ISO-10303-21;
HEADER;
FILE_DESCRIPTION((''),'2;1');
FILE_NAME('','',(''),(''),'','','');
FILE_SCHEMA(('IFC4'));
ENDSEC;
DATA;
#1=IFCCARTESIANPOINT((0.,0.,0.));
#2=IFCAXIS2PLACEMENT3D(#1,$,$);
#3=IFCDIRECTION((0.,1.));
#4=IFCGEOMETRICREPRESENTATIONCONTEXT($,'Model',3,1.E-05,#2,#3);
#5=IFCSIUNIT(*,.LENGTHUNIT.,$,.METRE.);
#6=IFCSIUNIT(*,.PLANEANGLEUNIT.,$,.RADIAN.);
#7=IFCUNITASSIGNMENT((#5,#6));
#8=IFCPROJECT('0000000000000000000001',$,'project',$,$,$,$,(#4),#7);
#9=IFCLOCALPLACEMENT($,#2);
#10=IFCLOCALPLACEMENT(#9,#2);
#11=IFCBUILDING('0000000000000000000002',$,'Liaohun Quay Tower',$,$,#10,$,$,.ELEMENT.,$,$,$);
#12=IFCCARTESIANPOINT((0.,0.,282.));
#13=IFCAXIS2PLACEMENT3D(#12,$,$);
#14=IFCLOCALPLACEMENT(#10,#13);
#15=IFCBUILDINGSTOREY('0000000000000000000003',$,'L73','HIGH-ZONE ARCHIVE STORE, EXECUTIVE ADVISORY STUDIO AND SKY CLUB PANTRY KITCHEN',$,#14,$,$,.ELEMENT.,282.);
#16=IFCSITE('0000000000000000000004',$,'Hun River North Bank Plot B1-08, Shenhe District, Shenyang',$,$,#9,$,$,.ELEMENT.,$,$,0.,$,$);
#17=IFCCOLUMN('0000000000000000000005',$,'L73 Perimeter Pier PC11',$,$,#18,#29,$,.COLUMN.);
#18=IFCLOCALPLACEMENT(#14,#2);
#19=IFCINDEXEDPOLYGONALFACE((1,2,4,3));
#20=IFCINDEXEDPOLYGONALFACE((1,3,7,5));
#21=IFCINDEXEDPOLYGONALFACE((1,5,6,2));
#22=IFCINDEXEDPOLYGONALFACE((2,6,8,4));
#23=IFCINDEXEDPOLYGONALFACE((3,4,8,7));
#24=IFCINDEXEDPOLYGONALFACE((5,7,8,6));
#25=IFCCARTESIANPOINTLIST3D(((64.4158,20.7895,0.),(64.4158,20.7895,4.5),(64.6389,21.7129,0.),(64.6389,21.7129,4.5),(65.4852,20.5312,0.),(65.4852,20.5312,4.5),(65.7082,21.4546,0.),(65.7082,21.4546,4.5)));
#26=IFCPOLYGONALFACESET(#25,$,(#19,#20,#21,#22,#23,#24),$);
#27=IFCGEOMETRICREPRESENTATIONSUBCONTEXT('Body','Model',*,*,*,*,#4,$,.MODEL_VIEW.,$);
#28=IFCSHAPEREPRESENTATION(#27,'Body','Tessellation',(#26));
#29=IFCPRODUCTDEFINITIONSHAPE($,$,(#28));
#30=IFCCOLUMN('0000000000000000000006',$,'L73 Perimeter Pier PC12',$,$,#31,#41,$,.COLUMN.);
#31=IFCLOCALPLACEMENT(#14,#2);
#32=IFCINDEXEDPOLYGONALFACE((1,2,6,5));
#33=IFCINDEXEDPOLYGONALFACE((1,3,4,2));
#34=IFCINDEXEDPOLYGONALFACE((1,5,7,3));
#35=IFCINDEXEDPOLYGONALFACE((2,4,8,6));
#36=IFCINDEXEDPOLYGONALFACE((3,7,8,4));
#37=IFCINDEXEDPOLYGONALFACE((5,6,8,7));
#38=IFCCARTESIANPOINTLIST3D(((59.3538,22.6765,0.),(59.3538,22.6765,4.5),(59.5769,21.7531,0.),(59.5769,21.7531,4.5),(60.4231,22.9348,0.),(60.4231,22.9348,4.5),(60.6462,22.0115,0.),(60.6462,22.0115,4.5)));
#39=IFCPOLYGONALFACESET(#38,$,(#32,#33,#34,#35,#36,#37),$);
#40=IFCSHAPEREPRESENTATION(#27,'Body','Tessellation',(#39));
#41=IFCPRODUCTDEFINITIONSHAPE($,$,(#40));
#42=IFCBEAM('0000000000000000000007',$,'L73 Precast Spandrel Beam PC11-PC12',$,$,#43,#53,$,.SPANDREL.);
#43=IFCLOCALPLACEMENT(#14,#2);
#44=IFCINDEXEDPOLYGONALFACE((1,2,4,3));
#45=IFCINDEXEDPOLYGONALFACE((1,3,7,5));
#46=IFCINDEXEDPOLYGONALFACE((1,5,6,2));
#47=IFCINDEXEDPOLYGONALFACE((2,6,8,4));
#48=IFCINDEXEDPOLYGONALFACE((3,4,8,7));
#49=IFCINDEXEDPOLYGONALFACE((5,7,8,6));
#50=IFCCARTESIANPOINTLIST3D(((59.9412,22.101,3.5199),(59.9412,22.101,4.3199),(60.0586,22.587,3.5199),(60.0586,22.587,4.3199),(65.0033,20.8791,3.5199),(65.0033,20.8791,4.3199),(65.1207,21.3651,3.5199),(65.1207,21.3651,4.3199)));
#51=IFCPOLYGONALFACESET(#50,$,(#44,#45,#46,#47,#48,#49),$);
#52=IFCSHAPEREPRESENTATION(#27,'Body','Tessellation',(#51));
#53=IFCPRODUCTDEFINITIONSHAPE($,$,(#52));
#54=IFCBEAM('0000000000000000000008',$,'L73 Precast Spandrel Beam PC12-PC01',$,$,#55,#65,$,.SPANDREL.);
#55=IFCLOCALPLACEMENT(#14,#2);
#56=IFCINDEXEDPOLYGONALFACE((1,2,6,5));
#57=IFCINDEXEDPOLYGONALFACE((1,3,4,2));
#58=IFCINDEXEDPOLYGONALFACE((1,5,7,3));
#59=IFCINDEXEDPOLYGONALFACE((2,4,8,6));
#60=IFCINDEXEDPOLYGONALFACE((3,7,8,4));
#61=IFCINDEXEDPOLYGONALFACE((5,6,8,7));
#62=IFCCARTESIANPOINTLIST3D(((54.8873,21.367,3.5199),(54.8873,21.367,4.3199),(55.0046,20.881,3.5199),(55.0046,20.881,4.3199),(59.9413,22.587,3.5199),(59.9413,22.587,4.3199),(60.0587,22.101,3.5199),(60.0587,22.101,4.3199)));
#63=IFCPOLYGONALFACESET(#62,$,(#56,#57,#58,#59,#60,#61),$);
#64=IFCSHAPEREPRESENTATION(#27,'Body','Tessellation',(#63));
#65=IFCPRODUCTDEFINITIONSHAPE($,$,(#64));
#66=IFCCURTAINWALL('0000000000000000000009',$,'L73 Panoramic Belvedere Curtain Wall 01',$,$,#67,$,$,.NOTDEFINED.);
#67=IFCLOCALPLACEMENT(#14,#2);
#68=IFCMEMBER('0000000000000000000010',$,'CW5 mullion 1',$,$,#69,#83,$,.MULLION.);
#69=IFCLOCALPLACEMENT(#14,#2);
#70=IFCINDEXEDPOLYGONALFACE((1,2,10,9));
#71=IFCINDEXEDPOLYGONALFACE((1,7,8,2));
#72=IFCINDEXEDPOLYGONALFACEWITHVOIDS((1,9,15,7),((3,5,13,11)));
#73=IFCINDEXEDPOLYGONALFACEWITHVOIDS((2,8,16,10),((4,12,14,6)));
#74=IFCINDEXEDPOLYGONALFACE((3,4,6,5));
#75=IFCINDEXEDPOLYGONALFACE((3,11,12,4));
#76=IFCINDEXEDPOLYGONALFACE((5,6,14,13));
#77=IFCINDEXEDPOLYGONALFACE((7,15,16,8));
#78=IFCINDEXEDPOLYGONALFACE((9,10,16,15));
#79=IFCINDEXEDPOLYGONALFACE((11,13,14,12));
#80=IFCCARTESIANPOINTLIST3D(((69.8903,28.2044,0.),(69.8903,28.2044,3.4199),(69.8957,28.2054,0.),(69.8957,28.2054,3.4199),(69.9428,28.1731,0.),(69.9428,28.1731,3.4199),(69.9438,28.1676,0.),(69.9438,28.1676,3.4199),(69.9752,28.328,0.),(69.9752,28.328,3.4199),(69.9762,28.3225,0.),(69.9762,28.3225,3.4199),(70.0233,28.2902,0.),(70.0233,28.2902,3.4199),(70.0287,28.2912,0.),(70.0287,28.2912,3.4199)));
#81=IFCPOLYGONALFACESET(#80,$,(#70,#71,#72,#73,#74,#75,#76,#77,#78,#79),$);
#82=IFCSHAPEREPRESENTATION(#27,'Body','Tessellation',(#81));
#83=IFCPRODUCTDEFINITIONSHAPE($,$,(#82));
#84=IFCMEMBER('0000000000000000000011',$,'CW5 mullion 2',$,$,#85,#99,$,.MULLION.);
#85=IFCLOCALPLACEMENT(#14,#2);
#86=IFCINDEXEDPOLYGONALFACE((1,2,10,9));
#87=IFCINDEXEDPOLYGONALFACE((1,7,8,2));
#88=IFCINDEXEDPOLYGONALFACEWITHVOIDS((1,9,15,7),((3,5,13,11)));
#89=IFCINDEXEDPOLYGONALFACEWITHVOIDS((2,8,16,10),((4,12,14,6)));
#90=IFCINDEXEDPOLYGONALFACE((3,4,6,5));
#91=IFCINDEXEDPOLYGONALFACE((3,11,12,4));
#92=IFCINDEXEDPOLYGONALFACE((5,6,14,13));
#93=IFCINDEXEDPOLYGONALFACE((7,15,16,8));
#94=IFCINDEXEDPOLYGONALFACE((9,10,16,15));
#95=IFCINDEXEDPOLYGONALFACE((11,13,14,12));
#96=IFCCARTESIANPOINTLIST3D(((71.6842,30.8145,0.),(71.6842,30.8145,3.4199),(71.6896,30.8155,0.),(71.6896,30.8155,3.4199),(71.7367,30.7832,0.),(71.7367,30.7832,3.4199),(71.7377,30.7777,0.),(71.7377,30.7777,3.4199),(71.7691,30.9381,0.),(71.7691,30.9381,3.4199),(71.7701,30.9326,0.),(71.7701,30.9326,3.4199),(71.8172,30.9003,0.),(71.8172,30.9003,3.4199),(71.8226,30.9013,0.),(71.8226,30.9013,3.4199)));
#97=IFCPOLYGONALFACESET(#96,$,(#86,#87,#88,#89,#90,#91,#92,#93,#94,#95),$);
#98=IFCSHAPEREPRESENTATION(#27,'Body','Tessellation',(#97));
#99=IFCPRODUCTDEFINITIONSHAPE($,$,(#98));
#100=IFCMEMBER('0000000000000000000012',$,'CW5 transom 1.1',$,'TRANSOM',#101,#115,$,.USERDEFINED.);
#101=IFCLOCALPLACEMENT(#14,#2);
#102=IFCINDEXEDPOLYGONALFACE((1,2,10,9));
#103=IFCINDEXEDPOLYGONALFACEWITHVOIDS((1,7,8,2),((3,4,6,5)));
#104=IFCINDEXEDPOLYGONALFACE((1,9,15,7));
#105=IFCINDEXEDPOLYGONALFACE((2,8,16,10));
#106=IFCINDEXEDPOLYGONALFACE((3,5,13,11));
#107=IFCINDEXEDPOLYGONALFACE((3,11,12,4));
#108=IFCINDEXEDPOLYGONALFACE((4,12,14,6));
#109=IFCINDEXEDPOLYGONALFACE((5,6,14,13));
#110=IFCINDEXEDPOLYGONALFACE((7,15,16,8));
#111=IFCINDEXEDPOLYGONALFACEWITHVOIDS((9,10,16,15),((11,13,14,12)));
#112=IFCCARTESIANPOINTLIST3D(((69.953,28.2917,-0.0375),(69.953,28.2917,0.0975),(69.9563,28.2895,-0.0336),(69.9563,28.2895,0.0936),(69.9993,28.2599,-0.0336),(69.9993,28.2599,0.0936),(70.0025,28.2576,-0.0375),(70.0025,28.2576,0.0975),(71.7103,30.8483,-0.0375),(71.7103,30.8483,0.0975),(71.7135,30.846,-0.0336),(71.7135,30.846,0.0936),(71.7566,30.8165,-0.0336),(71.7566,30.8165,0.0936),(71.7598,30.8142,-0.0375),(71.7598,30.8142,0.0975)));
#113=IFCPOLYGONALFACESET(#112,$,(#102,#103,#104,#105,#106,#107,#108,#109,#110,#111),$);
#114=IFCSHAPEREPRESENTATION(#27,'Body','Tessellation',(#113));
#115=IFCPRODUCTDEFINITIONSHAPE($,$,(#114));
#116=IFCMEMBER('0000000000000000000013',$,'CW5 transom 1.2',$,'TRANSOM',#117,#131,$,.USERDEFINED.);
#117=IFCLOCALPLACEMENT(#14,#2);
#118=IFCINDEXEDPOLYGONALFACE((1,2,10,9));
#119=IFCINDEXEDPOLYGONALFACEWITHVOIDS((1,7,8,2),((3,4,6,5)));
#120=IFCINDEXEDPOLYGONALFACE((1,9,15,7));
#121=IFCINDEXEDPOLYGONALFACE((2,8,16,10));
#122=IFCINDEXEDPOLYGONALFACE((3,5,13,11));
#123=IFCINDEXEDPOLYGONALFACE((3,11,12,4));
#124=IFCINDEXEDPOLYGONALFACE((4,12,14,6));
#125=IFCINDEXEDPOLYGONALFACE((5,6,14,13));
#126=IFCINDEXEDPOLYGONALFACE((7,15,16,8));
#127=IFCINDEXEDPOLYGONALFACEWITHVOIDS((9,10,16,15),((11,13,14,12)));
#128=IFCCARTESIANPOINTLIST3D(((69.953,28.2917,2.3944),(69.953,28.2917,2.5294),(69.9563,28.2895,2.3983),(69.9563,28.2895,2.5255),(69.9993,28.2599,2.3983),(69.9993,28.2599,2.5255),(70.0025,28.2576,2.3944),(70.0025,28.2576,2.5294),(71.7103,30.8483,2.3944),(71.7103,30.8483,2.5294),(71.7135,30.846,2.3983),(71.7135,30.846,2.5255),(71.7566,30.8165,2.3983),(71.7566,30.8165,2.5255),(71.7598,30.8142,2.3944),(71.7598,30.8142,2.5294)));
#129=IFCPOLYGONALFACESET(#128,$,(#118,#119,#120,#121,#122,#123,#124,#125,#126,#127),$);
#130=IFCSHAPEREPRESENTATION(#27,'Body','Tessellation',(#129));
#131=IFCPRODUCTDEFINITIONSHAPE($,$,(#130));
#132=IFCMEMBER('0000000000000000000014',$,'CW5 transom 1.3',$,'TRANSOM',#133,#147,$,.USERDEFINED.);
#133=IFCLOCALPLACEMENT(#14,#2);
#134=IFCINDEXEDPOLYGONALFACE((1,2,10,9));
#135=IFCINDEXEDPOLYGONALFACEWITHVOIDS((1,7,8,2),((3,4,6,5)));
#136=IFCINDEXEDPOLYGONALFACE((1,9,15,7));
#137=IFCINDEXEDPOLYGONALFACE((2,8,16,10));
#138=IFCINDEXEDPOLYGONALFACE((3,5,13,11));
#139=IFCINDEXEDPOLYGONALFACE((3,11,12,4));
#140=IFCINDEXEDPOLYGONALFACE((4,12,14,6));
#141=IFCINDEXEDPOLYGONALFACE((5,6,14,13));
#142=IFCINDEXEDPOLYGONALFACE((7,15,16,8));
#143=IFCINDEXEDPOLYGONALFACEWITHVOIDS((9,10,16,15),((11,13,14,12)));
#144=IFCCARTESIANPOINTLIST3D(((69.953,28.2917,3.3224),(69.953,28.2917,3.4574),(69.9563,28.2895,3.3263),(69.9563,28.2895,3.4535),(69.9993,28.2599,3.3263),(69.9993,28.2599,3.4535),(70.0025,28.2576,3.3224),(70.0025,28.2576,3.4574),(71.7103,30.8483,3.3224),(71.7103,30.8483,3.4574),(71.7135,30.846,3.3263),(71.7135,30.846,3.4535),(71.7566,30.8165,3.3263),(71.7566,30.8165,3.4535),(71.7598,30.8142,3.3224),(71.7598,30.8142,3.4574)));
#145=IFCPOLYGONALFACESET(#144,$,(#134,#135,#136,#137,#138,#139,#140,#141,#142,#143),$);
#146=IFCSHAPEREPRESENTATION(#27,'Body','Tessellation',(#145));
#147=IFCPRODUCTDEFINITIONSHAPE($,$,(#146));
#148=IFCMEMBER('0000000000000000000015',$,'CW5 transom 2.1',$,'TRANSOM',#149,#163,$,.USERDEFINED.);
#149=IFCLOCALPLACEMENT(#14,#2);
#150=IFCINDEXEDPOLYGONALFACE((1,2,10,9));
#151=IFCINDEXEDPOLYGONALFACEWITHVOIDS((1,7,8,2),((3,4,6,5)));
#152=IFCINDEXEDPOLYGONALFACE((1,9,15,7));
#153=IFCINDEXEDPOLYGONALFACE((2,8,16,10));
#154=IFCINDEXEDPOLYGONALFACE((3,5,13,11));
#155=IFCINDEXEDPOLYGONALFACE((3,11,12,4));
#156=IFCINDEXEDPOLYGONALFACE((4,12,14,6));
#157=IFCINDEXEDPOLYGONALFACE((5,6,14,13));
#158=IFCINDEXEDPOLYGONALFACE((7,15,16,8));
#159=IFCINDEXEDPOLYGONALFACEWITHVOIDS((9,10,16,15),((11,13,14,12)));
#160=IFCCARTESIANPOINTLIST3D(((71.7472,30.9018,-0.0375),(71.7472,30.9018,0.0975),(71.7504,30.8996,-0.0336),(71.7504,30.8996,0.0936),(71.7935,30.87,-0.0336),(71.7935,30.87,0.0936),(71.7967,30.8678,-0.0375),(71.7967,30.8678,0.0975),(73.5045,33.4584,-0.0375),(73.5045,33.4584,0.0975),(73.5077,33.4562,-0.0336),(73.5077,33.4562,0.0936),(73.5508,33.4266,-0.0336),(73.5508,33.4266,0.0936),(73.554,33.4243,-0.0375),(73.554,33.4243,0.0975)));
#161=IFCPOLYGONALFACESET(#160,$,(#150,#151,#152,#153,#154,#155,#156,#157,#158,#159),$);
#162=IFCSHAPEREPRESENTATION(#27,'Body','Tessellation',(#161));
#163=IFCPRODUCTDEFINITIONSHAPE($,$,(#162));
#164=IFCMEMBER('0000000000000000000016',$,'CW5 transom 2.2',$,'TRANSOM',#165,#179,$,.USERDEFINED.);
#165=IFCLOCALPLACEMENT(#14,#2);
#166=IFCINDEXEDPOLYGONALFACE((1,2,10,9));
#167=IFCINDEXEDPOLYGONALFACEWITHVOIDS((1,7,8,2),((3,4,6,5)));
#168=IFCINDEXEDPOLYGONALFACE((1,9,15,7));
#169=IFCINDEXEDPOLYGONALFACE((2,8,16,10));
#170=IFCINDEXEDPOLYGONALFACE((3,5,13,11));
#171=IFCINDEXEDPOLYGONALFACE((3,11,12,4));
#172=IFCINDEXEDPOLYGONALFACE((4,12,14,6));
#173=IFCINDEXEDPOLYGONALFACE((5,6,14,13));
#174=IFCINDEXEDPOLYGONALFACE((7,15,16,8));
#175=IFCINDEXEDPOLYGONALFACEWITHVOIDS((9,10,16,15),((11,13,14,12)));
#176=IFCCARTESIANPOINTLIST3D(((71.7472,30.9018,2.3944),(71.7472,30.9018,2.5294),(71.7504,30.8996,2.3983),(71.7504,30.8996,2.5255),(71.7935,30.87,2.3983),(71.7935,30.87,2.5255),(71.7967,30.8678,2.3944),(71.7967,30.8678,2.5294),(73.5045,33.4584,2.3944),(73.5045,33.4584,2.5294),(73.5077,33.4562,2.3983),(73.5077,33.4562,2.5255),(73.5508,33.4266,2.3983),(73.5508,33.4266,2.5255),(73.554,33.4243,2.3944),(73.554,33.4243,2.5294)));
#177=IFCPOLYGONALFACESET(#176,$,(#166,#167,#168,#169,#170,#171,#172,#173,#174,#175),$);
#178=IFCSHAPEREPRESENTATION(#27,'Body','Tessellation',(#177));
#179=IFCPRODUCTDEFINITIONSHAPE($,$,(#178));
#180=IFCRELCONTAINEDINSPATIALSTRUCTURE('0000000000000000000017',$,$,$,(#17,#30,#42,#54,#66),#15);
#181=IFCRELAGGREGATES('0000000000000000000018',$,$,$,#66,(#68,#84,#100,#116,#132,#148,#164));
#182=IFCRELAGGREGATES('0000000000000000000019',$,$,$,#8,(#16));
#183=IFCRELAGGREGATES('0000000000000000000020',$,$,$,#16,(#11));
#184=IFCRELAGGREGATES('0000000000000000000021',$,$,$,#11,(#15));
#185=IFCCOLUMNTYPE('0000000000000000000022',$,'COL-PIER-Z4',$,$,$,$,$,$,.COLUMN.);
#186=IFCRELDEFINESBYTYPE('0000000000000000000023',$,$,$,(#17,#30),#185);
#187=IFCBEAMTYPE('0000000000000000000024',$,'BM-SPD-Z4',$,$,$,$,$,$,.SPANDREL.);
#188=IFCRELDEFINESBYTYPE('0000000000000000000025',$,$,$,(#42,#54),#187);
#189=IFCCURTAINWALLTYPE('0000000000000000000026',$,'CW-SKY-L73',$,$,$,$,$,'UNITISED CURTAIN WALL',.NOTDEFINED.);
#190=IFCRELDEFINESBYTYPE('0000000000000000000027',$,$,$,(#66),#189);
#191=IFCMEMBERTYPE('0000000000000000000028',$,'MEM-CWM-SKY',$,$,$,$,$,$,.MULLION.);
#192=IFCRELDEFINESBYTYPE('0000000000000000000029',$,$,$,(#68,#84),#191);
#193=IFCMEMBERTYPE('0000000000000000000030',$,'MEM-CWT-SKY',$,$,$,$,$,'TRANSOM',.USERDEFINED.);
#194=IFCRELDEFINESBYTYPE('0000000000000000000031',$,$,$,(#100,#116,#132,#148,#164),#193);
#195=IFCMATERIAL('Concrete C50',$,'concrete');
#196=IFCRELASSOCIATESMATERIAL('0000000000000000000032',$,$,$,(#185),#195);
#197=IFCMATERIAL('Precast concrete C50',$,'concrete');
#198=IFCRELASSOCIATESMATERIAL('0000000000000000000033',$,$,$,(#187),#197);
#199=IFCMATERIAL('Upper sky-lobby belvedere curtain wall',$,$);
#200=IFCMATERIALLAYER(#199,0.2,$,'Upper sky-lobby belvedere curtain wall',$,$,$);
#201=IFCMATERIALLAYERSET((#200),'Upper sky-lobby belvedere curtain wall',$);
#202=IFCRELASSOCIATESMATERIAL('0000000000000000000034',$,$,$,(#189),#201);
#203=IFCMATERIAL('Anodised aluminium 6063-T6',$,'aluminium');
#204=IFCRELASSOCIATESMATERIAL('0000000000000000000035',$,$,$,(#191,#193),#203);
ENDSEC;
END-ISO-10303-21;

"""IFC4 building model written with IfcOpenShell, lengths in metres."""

from ifc_helpers import new_model, si_unit, direction, frame, origin, origin_2d, place, context, subcontext, project, spatial, rectangle, hollow_rectangle, extrude, source, transform, mapped, material, layer, layer_set, material_profile, profile_set, type_object, element, aggregate, save


model = new_model("IFC4")

# Units and contexts
model_context = context("Model", 3, precision=1e-05, world=origin(), true_north=direction((0.0, 1.0)))
body_context = subcontext(model_context, "Body", "Model", "MODEL_VIEW")
ifc_project = project(units=[si_unit("LENGTHUNIT", "METRE"), si_unit("PLANEANGLEUNIT", "RADIAN")], contexts=[model_context])

# Site, building, storey
site_placement = place(None, origin())
site = spatial("IfcSite", under=ifc_project, at=site_placement, Name="Hun River North Bank Plot B1-08, Shenhe District, Shenyang", CompositionType="ELEMENT", RefElevation=0.0)
building_placement = place(site_placement, origin())
building = spatial("IfcBuilding", under=site, at=building_placement, Name="Liaohun Quay Tower", CompositionType="ELEMENT")
storey_placement = place(building_placement, frame((0.0, 0.0, 282.0)))
storey = spatial("IfcBuildingStorey", under=building, at=storey_placement, Name="L73", Description="HIGH-ZONE ARCHIVE STORE, EXECUTIVE ADVISORY STUDIO AND SKY CLUB PANTRY KITCHEN", CompositionType="ELEMENT", Elevation=282.0)

# Columns
ifc_material_1 = material(Name="Concrete C50", Category="concrete")
ifc_material_profile_1 = material_profile(ifc_material_1, rectangle(XDim=1.1001, YDim=0.95, at=origin_2d()), Name="RC1100x950")
ifc_profile_set_1 = profile_set([ifc_material_profile_1], Name="Concrete C50")
column_type = type_object("IfcColumnType", Name="COL-PIER-Z4", PredefinedType="COLUMN", material=ifc_profile_set_1)
shared_shape_1 = source(origin(), body_context, "Body", "SweptSolid", [
    extrude(rectangle(XDim=1.1001, YDim=0.95, at=origin_2d()), origin(), (0.0, 0.0, 1.0), 4.5),
])
for number, where, z_axis, x_axis, name in (
    (1, (65.062, 21.1221, 0.0), (0.0, 0.0, 1.0), (-0.972043, 0.234803, 0.0), "L73 Perimeter Pier PC11"),
    (2, (60.0, 22.344, 0.0), (0.0, 0.0, 1.0), (0.972043, 0.234803, 0.0), "L73 Perimeter Pier PC12"),
):
    element("IfcColumn", number, at=place(storey_placement, frame(where, z_axis=z_axis, x_axis=x_axis)), inside=storey, type_object=column_type, Name=name, PredefinedType="COLUMN", context=body_context, shape_type="MappedRepresentation", body=[
        mapped(shared_shape_1, transform((0.0, 0.0, 0.0), x_axis=(1.0, 0.0, 0.0), y_axis=(0.0, 1.0, 0.0), z_axis=(0.0, 0.0, 1.0), scale=1.0)),
    ])

# Beams
ifc_material_2 = material(Name="Precast concrete C50", Category="concrete")
ifc_material_profile_2 = material_profile(ifc_material_2, rectangle(XDim=0.5, YDim=0.8, at=origin_2d()), Name="RC500x800")
ifc_profile_set_2 = profile_set([ifc_material_profile_2], Name="Precast concrete C50")
beam_type = type_object("IfcBeamType", Name="BM-SPD-Z4", PredefinedType="SPANDREL", material=ifc_profile_set_2)
shared_shape_2 = source(origin(), body_context, "Body", "SweptSolid", [
    extrude(rectangle(XDim=0.5, YDim=0.8, at=origin_2d()), origin(), (0.0, 0.0, 1.0), 5.2075),
])
beam_1_placement = place(storey_placement, frame((65.062, 21.1221, 3.9199), z_axis=(-0.97208, 0.234651, 0.0), x_axis=(-0.234651, -0.97208, 0.0)))
element("IfcBeam", 3, at=beam_1_placement, inside=storey, type_object=beam_type, Name="L73 Precast Spandrel Beam PC11-PC12", PredefinedType="SPANDREL", context=body_context, shape_type="MappedRepresentation", body=[
    mapped(shared_shape_2, transform((0.0, 0.0, 0.0), x_axis=(1.0, 0.0, 0.0), y_axis=(0.0, 1.0, 0.0), z_axis=(0.0, 0.0, 1.0), scale=1.0)),
])
shared_shape_3 = source(origin(), body_context, "Body", "SweptSolid", [
    extrude(rectangle(XDim=0.5, YDim=0.8, at=origin_2d()), origin(), (0.0, 0.0, 1.0), 5.1992),
])
beam_2_placement = place(storey_placement, frame((60.0, 22.344, 3.9199), z_axis=(-0.97208, -0.23465, 0.0), x_axis=(0.23465, -0.97208, 0.0)))
element("IfcBeam", 4, at=beam_2_placement, inside=storey, type_object=beam_type, Name="L73 Precast Spandrel Beam PC12-PC01", PredefinedType="SPANDREL", context=body_context, shape_type="MappedRepresentation", body=[
    mapped(shared_shape_3, transform((0.0, 0.0, 0.0), x_axis=(1.0, 0.0, 0.0), y_axis=(0.0, 1.0, 0.0), z_axis=(0.0, 0.0, 1.0), scale=1.0)),
])

# Curtain wall, members
ifc_material_3 = material(Name="Upper sky-lobby belvedere curtain wall")
ifc_layer_1 = layer(ifc_material_3, 0.2, Name="Upper sky-lobby belvedere curtain wall")
ifc_layer_set_1 = layer_set([ifc_layer_1], Name="Upper sky-lobby belvedere curtain wall")
curtain_wall_type = type_object("IfcCurtainWallType", Name="CW-SKY-L73", ElementType="UNITISED CURTAIN WALL", PredefinedType="NOTDEFINED", material=ifc_layer_set_1)
curtain_wall_placement = place(storey_placement, origin())
curtain_wall = element("IfcCurtainWall", 5, at=curtain_wall_placement, inside=storey, type_object=curtain_wall_type, Name="L73 Panoramic Belvedere Curtain Wall 01", PredefinedType="NOTDEFINED")
ifc_material_4 = material(Name="Anodised aluminium 6063-T6", Category="aluminium")
ifc_material_profile_3 = material_profile(ifc_material_4, hollow_rectangle(XDim=0.0649, YDim=0.1499, WallThickness=0.0039, at=origin_2d()), Name="RHS150x65x4")
ifc_profile_set_3 = profile_set([ifc_material_profile_3], Name="Anodised aluminium 6063-T6")
member_type_1 = type_object("IfcMemberType", Name="MEM-CWM-SKY", PredefinedType="MULLION", material=ifc_profile_set_3)
shared_shape_4 = source(origin(), body_context, "Body", "SweptSolid", [
    extrude(hollow_rectangle(XDim=0.0649, YDim=0.1499, WallThickness=0.0039, at=origin_2d()), origin(), (0.0, 0.0, 1.0), 3.4199),
])
member_1_placement = place(storey_placement, frame((69.9595, 28.2478, 0.0), z_axis=(0.0, 0.0, 1.0), x_axis=(-0.824106, 0.566436, 0.0)))
member_1 = element("IfcMember", 6, at=member_1_placement, type_object=member_type_1, Name="CW5 mullion 1", PredefinedType="MULLION", context=body_context, shape_type="MappedRepresentation", body=[
    mapped(shared_shape_4, transform((0.0, 0.0, 0.0), x_axis=(1.0, 0.0, 0.0), y_axis=(0.0, 1.0, 0.0), z_axis=(0.0, 0.0, 1.0), scale=1.0)),
])
member_2_placement = place(storey_placement, frame((71.7534, 30.8579, 0.0), z_axis=(0.0, 0.0, 1.0), x_axis=(-0.824106, 0.566436, 0.0)))
member_2 = element("IfcMember", 7, at=member_2_placement, type_object=member_type_1, Name="CW5 mullion 2", PredefinedType="MULLION", context=body_context, shape_type="MappedRepresentation", body=[
    mapped(shared_shape_4, transform((0.0, 0.0, 0.0), x_axis=(1.0, 0.0, 0.0), y_axis=(0.0, 1.0, 0.0), z_axis=(0.0, 0.0, 1.0), scale=1.0)),
])
ifc_material_profile_4 = material_profile(ifc_material_4, hollow_rectangle(XDim=0.0601, YDim=0.135, WallThickness=0.0039, at=origin_2d()), Name="RHS135x60x4")
ifc_profile_set_4 = profile_set([ifc_material_profile_4], Name="Anodised aluminium 6063-T6")
member_type_2 = type_object("IfcMemberType", Name="MEM-CWT-SKY", ElementType="TRANSOM", PredefinedType="USERDEFINED", material=ifc_profile_set_4)
shared_shape_5 = source(origin(), body_context, "Body", "SweptSolid", [
    extrude(hollow_rectangle(XDim=0.0601, YDim=0.135, WallThickness=0.0039, at=origin_2d()), origin(), (0.0, 0.0, 1.0), 3.1023),
])
member_3_placement = place(storey_placement, frame((69.9778, 28.2747, 0.03), z_axis=(0.566449, 0.824097, 0.0), x_axis=(-0.824097, 0.566449, 0.0)))
member_3 = element("IfcMember", 8, at=member_3_placement, type_object=member_type_2, Name="CW5 transom 1.1", ObjectType="TRANSOM", PredefinedType="USERDEFINED", context=body_context, shape_type="MappedRepresentation", body=[
    mapped(shared_shape_5, transform((0.0, 0.0, 0.0), x_axis=(1.0, 0.0, 0.0), y_axis=(0.0, 1.0, 0.0), z_axis=(0.0, 0.0, 1.0), scale=1.0)),
])
member_4_placement = place(storey_placement, frame((69.9778, 28.2747, 2.4619), z_axis=(0.566449, 0.824097, 0.0), x_axis=(-0.824097, 0.566449, 0.0)))
member_4 = element("IfcMember", 9, at=member_4_placement, type_object=member_type_2, Name="CW5 transom 1.2", ObjectType="TRANSOM", PredefinedType="USERDEFINED", context=body_context, shape_type="MappedRepresentation", body=[
    mapped(shared_shape_5, transform((0.0, 0.0, 0.0), x_axis=(1.0, 0.0, 0.0), y_axis=(0.0, 1.0, 0.0), z_axis=(0.0, 0.0, 1.0), scale=1.0)),
])
member_5_placement = place(storey_placement, frame((69.9778, 28.2747, 3.3899), z_axis=(0.566449, 0.824097, 0.0), x_axis=(-0.824097, 0.566449, 0.0)))
member_5 = element("IfcMember", 10, at=member_5_placement, type_object=member_type_2, Name="CW5 transom 1.3", ObjectType="TRANSOM", PredefinedType="USERDEFINED", context=body_context, shape_type="MappedRepresentation", body=[
    mapped(shared_shape_5, transform((0.0, 0.0, 0.0), x_axis=(1.0, 0.0, 0.0), y_axis=(0.0, 1.0, 0.0), z_axis=(0.0, 0.0, 1.0), scale=1.0)),
])
member_6_placement = place(storey_placement, frame((71.772, 30.8848, 0.03), z_axis=(0.566449, 0.824097, 0.0), x_axis=(-0.824097, 0.566449, 0.0)))
member_6 = element("IfcMember", 11, at=member_6_placement, type_object=member_type_2, Name="CW5 transom 2.1", ObjectType="TRANSOM", PredefinedType="USERDEFINED", context=body_context, shape_type="MappedRepresentation", body=[
    mapped(shared_shape_5, transform((0.0, 0.0, 0.0), x_axis=(1.0, 0.0, 0.0), y_axis=(0.0, 1.0, 0.0), z_axis=(0.0, 0.0, 1.0), scale=1.0)),
])
member_7_placement = place(storey_placement, frame((71.772, 30.8848, 2.4619), z_axis=(0.566449, 0.824097, 0.0), x_axis=(-0.824097, 0.566449, 0.0)))
member_7 = element("IfcMember", 12, at=member_7_placement, type_object=member_type_2, Name="CW5 transom 2.2", ObjectType="TRANSOM", PredefinedType="USERDEFINED", context=body_context, shape_type="MappedRepresentation", body=[
    mapped(shared_shape_5, transform((0.0, 0.0, 0.0), x_axis=(1.0, 0.0, 0.0), y_axis=(0.0, 1.0, 0.0), z_axis=(0.0, 0.0, 1.0), scale=1.0)),
])
aggregate(curtain_wall, [member_1, member_2, member_3, member_4, member_5, member_6, member_7])

save(model, "model.ifc")
